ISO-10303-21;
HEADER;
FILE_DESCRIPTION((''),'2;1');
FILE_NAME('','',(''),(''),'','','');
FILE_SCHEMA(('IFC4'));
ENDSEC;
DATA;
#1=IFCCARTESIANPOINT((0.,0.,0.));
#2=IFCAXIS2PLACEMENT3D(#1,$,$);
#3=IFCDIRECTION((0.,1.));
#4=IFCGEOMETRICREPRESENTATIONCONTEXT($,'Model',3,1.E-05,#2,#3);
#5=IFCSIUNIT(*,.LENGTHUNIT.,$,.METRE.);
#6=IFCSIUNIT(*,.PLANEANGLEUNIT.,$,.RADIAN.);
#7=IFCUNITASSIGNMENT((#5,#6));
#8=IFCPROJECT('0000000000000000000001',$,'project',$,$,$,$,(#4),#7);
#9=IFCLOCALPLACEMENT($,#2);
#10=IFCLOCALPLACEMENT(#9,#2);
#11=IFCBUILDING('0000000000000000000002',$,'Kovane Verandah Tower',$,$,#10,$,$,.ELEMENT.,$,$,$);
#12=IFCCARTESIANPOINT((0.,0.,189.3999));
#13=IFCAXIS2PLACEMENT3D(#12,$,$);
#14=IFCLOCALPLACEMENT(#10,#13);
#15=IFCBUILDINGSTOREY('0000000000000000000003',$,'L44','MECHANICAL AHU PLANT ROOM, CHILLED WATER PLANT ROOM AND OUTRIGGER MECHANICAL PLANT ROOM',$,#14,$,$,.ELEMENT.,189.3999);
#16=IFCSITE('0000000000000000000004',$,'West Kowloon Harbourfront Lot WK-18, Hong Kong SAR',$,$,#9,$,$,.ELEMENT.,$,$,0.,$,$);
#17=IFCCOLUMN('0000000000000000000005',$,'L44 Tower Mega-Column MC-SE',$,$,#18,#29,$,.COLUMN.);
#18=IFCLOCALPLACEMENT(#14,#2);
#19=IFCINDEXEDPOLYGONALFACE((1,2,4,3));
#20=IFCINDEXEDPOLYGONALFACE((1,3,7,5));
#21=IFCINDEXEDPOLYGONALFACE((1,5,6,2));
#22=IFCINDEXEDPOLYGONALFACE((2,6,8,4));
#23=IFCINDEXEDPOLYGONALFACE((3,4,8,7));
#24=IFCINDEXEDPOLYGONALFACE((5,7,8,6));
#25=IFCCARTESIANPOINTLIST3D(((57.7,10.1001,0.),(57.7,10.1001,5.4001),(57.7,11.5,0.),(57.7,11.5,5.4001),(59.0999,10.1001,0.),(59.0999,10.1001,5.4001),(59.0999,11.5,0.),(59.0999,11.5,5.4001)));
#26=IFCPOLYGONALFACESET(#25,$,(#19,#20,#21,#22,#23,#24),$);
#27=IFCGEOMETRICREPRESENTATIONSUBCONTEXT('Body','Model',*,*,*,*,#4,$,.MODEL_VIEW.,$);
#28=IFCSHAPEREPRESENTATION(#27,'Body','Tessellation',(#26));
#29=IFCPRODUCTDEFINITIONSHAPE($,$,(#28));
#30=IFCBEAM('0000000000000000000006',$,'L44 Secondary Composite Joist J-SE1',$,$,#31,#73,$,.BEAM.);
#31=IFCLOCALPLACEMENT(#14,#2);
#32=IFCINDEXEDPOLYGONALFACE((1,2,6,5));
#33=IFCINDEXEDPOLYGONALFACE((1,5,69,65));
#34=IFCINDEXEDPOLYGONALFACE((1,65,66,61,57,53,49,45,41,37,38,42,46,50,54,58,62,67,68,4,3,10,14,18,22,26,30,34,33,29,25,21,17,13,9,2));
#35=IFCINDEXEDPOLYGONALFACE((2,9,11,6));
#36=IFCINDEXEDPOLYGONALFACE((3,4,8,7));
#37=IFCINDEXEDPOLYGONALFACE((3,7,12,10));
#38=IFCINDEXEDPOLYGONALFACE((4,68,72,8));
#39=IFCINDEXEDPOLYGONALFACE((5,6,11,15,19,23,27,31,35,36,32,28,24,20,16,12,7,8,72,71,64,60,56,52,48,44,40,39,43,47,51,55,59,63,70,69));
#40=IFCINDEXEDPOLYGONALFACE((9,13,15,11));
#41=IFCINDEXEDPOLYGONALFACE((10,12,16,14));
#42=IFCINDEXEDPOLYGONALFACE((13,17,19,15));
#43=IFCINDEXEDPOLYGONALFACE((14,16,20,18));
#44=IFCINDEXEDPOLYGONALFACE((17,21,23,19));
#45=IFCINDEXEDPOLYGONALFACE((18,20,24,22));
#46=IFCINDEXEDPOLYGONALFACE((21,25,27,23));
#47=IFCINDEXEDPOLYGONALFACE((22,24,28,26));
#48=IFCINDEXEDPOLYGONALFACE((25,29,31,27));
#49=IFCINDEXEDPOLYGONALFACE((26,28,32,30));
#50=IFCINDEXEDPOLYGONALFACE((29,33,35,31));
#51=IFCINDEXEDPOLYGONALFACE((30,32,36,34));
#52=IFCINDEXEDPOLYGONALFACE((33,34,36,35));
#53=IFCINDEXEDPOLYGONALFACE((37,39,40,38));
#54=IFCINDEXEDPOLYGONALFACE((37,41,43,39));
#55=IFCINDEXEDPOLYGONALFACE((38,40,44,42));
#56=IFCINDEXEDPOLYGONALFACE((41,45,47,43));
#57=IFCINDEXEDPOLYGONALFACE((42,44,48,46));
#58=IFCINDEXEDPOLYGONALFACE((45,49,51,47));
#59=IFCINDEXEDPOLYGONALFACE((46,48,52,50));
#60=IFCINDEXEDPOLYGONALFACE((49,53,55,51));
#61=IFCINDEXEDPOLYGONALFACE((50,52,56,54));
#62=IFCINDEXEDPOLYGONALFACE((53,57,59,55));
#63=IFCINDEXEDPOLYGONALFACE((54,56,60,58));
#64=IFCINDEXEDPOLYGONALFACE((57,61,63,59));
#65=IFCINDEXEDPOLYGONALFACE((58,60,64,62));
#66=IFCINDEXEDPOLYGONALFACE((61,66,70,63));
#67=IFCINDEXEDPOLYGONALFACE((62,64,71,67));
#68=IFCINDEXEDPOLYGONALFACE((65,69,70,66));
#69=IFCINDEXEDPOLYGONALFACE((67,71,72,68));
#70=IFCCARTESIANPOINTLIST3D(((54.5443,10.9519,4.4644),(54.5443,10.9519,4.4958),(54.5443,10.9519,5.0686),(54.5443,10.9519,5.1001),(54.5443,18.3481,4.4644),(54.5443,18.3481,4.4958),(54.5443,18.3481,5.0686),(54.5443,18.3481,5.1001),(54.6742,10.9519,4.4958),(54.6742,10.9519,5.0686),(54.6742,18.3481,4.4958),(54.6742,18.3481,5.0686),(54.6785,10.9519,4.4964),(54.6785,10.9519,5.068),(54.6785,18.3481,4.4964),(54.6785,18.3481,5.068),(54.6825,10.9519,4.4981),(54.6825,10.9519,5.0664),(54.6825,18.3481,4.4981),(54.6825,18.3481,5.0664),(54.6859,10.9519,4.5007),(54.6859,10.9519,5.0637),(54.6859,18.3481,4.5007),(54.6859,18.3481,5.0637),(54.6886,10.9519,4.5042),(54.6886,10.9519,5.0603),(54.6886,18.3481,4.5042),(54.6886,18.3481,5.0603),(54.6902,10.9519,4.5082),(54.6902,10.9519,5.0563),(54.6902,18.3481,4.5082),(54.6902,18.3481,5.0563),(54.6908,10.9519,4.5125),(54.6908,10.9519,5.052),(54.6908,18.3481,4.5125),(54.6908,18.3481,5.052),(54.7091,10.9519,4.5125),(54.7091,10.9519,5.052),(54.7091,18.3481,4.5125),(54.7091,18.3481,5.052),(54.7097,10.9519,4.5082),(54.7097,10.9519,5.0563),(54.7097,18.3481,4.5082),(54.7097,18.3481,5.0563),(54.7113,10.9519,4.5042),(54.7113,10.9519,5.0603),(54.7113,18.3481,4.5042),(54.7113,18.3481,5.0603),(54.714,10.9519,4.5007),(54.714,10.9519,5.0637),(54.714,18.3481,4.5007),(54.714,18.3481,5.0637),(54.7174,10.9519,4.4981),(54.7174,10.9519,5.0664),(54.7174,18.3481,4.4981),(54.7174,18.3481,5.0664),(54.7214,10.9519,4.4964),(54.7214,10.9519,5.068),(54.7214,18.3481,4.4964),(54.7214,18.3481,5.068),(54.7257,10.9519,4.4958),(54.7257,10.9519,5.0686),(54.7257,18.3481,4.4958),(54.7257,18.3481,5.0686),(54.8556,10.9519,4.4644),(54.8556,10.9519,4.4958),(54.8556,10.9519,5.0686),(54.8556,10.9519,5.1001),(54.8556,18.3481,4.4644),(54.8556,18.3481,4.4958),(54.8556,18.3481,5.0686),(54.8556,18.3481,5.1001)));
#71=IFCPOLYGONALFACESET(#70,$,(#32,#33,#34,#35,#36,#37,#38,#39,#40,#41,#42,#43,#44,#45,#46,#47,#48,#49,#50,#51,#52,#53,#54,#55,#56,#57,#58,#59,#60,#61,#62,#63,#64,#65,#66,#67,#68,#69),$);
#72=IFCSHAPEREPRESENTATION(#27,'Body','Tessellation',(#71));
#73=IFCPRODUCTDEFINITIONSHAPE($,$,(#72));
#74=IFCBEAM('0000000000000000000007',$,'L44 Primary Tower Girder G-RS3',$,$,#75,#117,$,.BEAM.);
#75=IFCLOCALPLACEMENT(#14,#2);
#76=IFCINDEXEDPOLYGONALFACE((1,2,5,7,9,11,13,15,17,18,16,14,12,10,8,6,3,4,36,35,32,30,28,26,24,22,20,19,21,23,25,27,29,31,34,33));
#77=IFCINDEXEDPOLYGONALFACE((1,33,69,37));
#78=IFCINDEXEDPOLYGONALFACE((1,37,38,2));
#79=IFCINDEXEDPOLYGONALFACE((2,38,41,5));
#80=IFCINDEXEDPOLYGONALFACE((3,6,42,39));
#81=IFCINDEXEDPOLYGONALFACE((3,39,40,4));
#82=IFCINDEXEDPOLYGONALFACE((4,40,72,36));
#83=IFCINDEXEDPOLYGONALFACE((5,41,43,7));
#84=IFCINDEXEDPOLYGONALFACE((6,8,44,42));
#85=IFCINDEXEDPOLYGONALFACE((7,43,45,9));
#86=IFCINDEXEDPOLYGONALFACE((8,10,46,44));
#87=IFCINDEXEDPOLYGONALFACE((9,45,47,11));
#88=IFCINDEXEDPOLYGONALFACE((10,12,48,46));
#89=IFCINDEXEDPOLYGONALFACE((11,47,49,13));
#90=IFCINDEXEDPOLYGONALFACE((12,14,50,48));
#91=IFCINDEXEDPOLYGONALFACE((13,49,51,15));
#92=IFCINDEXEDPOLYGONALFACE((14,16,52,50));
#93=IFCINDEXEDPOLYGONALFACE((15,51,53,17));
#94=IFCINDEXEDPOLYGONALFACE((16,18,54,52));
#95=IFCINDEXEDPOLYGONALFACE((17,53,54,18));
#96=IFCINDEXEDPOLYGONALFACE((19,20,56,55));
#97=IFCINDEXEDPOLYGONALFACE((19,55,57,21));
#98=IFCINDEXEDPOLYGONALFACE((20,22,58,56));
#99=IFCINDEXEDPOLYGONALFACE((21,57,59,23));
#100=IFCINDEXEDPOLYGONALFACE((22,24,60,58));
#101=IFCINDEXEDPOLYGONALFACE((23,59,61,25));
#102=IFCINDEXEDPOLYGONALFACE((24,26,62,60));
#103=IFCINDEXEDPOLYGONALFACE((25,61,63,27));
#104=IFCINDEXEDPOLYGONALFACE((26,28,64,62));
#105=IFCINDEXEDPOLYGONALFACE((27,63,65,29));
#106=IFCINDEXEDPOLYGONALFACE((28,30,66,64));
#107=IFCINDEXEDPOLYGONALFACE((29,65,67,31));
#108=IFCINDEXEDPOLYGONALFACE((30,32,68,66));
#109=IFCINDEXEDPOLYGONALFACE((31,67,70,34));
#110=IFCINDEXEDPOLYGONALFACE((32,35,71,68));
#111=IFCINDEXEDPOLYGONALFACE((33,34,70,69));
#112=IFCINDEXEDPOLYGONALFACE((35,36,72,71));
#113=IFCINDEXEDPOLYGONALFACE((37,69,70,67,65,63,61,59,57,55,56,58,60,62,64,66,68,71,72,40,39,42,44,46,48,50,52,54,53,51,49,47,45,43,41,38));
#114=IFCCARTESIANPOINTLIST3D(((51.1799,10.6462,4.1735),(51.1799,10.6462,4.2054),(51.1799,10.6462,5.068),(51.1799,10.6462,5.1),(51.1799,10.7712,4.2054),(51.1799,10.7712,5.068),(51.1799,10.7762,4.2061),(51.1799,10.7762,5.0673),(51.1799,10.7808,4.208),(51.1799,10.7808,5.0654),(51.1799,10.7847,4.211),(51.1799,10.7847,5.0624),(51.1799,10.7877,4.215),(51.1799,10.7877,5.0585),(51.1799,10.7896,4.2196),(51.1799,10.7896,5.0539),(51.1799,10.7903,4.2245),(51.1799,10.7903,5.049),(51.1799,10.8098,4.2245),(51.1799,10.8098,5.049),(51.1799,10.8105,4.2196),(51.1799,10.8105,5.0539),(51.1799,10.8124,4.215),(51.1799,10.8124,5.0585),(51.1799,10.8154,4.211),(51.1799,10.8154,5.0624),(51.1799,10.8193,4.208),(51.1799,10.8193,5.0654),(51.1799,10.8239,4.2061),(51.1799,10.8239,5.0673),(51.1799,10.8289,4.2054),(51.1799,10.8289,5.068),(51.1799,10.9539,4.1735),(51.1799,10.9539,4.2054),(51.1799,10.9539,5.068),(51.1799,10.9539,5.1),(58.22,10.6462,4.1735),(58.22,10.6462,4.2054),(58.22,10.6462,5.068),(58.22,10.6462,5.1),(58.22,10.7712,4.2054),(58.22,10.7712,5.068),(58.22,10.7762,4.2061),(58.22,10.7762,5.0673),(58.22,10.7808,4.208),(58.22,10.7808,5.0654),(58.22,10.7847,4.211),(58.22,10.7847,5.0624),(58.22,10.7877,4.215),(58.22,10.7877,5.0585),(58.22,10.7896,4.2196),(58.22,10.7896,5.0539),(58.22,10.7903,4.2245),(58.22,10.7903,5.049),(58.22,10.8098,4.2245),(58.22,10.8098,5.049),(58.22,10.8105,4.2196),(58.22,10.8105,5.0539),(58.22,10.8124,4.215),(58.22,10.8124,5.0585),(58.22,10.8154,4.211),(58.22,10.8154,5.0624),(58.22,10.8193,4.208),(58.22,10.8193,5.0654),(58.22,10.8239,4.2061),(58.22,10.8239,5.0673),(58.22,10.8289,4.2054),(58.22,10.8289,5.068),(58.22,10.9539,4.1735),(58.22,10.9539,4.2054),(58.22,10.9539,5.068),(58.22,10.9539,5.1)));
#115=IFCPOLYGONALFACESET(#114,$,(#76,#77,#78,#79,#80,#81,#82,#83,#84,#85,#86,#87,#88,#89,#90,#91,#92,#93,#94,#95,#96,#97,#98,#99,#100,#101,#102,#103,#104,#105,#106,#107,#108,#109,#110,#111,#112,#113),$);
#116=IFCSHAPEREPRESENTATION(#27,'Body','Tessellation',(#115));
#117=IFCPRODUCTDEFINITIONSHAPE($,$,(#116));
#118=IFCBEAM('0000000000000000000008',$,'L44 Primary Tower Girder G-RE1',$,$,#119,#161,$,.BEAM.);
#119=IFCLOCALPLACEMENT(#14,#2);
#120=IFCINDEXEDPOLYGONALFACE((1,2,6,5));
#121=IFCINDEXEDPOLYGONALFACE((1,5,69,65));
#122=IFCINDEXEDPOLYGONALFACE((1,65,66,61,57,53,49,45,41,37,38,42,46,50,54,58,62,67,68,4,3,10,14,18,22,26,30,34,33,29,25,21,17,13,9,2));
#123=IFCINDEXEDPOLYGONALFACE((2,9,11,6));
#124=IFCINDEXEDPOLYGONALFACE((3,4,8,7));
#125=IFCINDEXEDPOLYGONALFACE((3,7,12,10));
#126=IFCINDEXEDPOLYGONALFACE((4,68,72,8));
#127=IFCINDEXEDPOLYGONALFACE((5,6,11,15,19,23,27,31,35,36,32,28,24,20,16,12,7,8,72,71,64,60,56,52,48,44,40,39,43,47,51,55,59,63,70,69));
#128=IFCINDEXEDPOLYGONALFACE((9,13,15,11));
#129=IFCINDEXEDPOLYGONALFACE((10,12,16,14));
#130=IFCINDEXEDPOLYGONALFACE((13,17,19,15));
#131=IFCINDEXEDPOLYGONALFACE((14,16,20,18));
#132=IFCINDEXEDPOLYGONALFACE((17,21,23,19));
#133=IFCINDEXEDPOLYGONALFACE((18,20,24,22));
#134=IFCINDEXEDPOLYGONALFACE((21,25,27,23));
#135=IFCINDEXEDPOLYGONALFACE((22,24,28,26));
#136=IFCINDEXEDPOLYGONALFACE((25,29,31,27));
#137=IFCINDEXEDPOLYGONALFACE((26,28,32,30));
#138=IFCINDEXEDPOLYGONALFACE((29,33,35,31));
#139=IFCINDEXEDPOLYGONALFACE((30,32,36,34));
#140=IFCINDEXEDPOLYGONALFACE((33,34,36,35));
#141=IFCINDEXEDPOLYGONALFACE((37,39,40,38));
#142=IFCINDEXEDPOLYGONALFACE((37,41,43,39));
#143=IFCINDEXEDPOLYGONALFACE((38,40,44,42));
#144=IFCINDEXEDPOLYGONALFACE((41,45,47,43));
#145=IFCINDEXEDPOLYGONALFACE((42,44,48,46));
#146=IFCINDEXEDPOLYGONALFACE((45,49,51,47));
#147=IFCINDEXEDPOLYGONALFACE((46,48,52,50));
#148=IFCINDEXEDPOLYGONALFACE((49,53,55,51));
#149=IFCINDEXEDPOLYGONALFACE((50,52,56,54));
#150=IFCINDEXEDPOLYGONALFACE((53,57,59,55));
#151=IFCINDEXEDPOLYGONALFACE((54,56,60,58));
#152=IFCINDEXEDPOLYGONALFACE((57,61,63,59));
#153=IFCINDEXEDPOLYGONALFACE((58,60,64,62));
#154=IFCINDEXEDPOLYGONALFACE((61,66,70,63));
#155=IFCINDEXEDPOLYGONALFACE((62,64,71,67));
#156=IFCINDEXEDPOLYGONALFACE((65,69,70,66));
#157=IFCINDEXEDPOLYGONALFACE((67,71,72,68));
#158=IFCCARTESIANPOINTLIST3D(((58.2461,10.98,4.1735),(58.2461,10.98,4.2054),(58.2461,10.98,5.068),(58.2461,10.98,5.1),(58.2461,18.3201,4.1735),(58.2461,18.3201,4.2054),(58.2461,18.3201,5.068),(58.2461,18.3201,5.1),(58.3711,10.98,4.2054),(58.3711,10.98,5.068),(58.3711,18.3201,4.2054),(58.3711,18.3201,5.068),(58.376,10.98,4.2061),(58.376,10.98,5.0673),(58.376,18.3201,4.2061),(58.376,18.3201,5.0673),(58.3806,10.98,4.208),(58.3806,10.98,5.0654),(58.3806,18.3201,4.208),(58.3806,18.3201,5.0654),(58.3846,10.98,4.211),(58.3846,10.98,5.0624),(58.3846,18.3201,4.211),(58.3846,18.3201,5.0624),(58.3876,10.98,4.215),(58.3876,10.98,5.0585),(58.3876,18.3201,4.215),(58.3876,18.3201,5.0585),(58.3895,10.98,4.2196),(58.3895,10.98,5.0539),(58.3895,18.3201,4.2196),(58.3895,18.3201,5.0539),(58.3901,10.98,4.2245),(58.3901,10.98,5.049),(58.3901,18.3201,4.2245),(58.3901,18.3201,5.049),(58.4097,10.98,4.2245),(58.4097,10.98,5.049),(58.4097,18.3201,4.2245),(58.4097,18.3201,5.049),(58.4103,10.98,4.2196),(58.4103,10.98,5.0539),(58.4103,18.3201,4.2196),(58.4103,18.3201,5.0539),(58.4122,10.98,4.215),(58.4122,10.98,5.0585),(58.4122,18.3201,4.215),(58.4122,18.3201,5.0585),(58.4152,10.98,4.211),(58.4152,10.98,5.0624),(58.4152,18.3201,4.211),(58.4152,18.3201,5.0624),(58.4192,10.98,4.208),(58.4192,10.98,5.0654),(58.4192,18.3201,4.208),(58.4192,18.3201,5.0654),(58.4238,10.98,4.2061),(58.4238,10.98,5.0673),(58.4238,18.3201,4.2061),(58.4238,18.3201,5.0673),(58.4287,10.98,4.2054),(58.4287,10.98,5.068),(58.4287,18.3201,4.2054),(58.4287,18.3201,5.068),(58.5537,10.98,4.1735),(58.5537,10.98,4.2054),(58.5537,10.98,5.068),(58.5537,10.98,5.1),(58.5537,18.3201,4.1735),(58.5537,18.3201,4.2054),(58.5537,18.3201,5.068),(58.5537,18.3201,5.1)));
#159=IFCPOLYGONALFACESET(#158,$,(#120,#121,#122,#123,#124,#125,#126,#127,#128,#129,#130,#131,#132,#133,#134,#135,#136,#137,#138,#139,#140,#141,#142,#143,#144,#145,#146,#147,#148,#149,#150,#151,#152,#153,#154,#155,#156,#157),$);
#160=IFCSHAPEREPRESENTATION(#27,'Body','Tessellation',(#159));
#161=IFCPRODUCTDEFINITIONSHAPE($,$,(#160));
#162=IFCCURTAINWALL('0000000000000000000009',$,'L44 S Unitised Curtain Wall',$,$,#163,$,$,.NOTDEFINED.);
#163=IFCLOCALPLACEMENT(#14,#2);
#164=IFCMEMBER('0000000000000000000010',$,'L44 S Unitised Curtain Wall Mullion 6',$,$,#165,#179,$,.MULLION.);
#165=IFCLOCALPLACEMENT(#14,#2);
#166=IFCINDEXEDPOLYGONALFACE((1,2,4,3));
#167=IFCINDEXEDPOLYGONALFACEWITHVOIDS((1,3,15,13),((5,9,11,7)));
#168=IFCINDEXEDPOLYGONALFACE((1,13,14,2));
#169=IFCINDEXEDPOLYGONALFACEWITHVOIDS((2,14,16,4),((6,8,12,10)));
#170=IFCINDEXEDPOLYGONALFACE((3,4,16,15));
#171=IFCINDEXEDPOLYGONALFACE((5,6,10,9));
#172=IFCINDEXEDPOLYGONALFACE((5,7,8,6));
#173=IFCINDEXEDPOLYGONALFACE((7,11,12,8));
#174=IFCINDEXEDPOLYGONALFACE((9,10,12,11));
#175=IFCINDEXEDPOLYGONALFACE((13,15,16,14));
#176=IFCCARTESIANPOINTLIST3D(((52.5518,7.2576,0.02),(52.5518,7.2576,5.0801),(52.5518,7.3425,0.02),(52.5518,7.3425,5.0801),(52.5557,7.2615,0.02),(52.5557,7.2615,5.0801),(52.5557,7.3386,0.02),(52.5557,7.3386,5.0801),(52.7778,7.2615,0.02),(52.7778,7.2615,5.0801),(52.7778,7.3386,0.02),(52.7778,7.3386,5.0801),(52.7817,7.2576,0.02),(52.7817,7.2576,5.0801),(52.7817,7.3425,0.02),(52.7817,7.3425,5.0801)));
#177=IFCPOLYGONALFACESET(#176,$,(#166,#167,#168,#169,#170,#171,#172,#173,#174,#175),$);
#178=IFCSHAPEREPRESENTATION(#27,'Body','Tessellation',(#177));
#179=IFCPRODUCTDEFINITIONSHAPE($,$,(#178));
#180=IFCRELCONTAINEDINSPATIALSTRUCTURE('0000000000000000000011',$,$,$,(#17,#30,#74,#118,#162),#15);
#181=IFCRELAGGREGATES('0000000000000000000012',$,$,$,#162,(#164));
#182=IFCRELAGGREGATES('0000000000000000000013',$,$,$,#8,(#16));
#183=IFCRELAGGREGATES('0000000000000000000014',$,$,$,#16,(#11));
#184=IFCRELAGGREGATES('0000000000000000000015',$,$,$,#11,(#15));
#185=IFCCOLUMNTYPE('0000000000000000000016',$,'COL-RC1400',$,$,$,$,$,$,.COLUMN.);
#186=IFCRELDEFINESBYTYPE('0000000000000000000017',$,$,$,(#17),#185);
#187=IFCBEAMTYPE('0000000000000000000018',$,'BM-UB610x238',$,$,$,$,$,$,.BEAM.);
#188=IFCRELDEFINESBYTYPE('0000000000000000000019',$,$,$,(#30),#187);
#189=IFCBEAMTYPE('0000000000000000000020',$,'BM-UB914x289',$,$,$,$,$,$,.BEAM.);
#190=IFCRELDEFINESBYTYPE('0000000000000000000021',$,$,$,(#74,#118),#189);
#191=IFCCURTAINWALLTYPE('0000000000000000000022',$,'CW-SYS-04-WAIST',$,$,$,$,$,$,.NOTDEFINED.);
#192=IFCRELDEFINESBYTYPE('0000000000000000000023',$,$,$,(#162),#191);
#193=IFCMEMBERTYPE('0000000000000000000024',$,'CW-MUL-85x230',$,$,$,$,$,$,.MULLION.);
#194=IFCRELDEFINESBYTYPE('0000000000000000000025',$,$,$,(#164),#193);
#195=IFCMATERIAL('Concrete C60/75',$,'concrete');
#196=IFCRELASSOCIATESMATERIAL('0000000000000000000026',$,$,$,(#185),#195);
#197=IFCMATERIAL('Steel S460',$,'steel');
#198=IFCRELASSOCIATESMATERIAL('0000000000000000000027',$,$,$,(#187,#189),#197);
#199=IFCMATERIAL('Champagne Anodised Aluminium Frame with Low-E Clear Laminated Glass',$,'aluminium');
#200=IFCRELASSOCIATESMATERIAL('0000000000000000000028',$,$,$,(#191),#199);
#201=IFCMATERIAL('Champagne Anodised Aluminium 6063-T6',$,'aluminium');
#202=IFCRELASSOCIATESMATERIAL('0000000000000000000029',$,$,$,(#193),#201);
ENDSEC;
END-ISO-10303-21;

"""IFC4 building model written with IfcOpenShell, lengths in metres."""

from ifc_helpers import new_model, si_unit, direction, frame, origin, origin_2d, place, context, subcontext, project, spatial, rectangle, hollow_rectangle, i_section, extrude, material, material_profile, profile_set, type_object, element, aggregate, save


model = new_model("IFC4")

# Units and contexts
model_context = context("Model", 3, precision=1e-05, world=origin(), true_north=direction((0.0, 1.0)))
body_context = subcontext(model_context, "Body", "Model", "MODEL_VIEW")
ifc_project = project(units=[si_unit("LENGTHUNIT", "METRE"), si_unit("PLANEANGLEUNIT", "RADIAN")], contexts=[model_context])

# Site, building, storey
site_placement = place(None, origin())
site = spatial("IfcSite", under=ifc_project, at=site_placement, Name="West Kowloon Harbourfront Lot WK-18, Hong Kong SAR", CompositionType="ELEMENT", RefElevation=0.0)
building_placement = place(site_placement, origin())
building = spatial("IfcBuilding", under=site, at=building_placement, Name="Kovane Verandah Tower", CompositionType="ELEMENT")
storey_placement = place(building_placement, frame((0.0, 0.0, 189.3999)))
storey = spatial("IfcBuildingStorey", under=building, at=storey_placement, Name="L44", Description="MECHANICAL AHU PLANT ROOM, CHILLED WATER PLANT ROOM AND OUTRIGGER MECHANICAL PLANT ROOM", CompositionType="ELEMENT", Elevation=189.3999)

# Column
ifc_material_1 = material(Name="Concrete C60/75", Category="concrete")
ifc_material_profile_1 = material_profile(ifc_material_1, rectangle(XDim=1.3999, YDim=1.3999, at=origin_2d()), Name="RC1400x1400")
ifc_profile_set_1 = profile_set([ifc_material_profile_1], Name="Concrete C60/75")
column_type = type_object("IfcColumnType", Name="COL-RC1400", PredefinedType="COLUMN", material=ifc_profile_set_1)
column_placement = place(storey_placement, frame((58.3999, 10.8, 0.0), z_axis=(0.0, 0.0, 1.0), x_axis=(1.0, 0.0, 0.0)))
element("IfcColumn", 1, at=column_placement, inside=storey, type_object=column_type, Name="L44 Tower Mega-Column MC-SE", PredefinedType="COLUMN", context=body_context, shape_type="SweptSolid", body=[
    extrude(rectangle(XDim=1.3999, YDim=1.3999, at=origin_2d()), origin(), (0.0, 0.0, 1.0), 5.4001),
])

# Beams
ifc_material_2 = material(Name="Steel S460", Category="steel")
ifc_material_profile_2 = material_profile(ifc_material_2, i_section(OverallWidth=0.3113, OverallDepth=0.6357, WebThickness=0.0183, FlangeThickness=0.0315, FilletRadius=0.0166, at=origin_2d()), Name="UB610x305x238")
ifc_profile_set_2 = profile_set([ifc_material_profile_2], Name="Steel S460")
beam_type_1 = type_object("IfcBeamType", Name="BM-UB610x238", PredefinedType="BEAM", material=ifc_profile_set_2)
beam_1_placement = place(storey_placement, frame((54.7, 10.9519, 4.7822), z_axis=(0.0, 1.0, 0.0), x_axis=(-1.0, 0.0, 0.0)))
element("IfcBeam", 2, at=beam_1_placement, inside=storey, type_object=beam_type_1, Name="L44 Secondary Composite Joist J-SE1", PredefinedType="BEAM", context=body_context, shape_type="SweptSolid", body=[
    extrude(i_section(OverallWidth=0.3113, OverallDepth=0.6357, WebThickness=0.0183, FlangeThickness=0.0315, FilletRadius=0.0166, at=origin_2d()), origin(), (0.0, 0.0, 1.0), 7.3962),
])
ifc_material_profile_3 = material_profile(ifc_material_2, i_section(OverallWidth=0.3076, OverallDepth=0.9265, WebThickness=0.0195, FlangeThickness=0.032, FilletRadius=0.019, at=origin_2d()), Name="UB914x305x289")
ifc_profile_set_3 = profile_set([ifc_material_profile_3], Name="Steel S460")
beam_type_2 = type_object("IfcBeamType", Name="BM-UB914x289", PredefinedType="BEAM", material=ifc_profile_set_3)
beam_2_placement = place(storey_placement, frame((51.1799, 10.8, 4.6367), z_axis=(1.0, 0.0, 0.0), x_axis=(0.0, 1.0, 0.0)))
element("IfcBeam", 3, at=beam_2_placement, inside=storey, type_object=beam_type_2, Name="L44 Primary Tower Girder G-RS3", PredefinedType="BEAM", context=body_context, shape_type="SweptSolid", body=[
    extrude(i_section(OverallWidth=0.3076, OverallDepth=0.9265, WebThickness=0.0195, FlangeThickness=0.032, FilletRadius=0.019, at=origin_2d()), origin(), (0.0, 0.0, 1.0), 7.04),
])
beam_3_placement = place(storey_placement, frame((58.3999, 10.98, 4.6367), z_axis=(0.0, 1.0, 0.0), x_axis=(-1.0, 0.0, 0.0)))
element("IfcBeam", 4, at=beam_3_placement, inside=storey, type_object=beam_type_2, Name="L44 Primary Tower Girder G-RE1", PredefinedType="BEAM", context=body_context, shape_type="SweptSolid", body=[
    extrude(i_section(OverallWidth=0.3076, OverallDepth=0.9265, WebThickness=0.0195, FlangeThickness=0.032, FilletRadius=0.019, at=origin_2d()), origin(), (0.0, 0.0, 1.0), 7.3401),
])

# Curtain wall, member
ifc_material_3 = material(Name="Champagne Anodised Aluminium Frame with Low-E Clear Laminated Glass", Category="aluminium")
curtain_wall_type = type_object("IfcCurtainWallType", Name="CW-SYS-04-WAIST", PredefinedType="NOTDEFINED", material=ifc_material_3)
curtain_wall_1_placement = place(storey_placement, origin())
curtain_wall_1 = element("IfcCurtainWall", 5, at=curtain_wall_1_placement, inside=storey, type_object=curtain_wall_type, Name="L44 S Unitised Curtain Wall", PredefinedType="NOTDEFINED")
ifc_material_4 = material(Name="Champagne Anodised Aluminium 6063-T6", Category="aluminium")
ifc_material_profile_4 = material_profile(ifc_material_4, hollow_rectangle(XDim=0.085, YDim=0.23, WallThickness=0.0039, at=origin_2d()), Name="AL85x230x4")
ifc_profile_set_4 = profile_set([ifc_material_profile_4], Name="Champagne Anodised Aluminium 6063-T6")
member_type_1 = type_object("IfcMemberType", Name="CW-MUL-85x230", PredefinedType="MULLION", material=ifc_profile_set_4)
member_1_placement = place(storey_placement, frame((52.6667, 7.3, 0.02), z_axis=(0.0, 0.0, 1.0), x_axis=(0.0, -1.0, 0.0)))
member_1 = element("IfcMember", 6, at=member_1_placement, type_object=member_type_1, Name="L44 S Unitised Curtain Wall Mullion 6", PredefinedType="MULLION", context=body_context, shape_type="SweptSolid", body=[
    extrude(hollow_rectangle(XDim=0.085, YDim=0.23, WallThickness=0.0039, at=origin_2d()), origin(), (0.0, 0.0, 1.0), 5.0601),
])

aggregate(curtain_wall_1, [member_1])

save(model, "model.ifc")
